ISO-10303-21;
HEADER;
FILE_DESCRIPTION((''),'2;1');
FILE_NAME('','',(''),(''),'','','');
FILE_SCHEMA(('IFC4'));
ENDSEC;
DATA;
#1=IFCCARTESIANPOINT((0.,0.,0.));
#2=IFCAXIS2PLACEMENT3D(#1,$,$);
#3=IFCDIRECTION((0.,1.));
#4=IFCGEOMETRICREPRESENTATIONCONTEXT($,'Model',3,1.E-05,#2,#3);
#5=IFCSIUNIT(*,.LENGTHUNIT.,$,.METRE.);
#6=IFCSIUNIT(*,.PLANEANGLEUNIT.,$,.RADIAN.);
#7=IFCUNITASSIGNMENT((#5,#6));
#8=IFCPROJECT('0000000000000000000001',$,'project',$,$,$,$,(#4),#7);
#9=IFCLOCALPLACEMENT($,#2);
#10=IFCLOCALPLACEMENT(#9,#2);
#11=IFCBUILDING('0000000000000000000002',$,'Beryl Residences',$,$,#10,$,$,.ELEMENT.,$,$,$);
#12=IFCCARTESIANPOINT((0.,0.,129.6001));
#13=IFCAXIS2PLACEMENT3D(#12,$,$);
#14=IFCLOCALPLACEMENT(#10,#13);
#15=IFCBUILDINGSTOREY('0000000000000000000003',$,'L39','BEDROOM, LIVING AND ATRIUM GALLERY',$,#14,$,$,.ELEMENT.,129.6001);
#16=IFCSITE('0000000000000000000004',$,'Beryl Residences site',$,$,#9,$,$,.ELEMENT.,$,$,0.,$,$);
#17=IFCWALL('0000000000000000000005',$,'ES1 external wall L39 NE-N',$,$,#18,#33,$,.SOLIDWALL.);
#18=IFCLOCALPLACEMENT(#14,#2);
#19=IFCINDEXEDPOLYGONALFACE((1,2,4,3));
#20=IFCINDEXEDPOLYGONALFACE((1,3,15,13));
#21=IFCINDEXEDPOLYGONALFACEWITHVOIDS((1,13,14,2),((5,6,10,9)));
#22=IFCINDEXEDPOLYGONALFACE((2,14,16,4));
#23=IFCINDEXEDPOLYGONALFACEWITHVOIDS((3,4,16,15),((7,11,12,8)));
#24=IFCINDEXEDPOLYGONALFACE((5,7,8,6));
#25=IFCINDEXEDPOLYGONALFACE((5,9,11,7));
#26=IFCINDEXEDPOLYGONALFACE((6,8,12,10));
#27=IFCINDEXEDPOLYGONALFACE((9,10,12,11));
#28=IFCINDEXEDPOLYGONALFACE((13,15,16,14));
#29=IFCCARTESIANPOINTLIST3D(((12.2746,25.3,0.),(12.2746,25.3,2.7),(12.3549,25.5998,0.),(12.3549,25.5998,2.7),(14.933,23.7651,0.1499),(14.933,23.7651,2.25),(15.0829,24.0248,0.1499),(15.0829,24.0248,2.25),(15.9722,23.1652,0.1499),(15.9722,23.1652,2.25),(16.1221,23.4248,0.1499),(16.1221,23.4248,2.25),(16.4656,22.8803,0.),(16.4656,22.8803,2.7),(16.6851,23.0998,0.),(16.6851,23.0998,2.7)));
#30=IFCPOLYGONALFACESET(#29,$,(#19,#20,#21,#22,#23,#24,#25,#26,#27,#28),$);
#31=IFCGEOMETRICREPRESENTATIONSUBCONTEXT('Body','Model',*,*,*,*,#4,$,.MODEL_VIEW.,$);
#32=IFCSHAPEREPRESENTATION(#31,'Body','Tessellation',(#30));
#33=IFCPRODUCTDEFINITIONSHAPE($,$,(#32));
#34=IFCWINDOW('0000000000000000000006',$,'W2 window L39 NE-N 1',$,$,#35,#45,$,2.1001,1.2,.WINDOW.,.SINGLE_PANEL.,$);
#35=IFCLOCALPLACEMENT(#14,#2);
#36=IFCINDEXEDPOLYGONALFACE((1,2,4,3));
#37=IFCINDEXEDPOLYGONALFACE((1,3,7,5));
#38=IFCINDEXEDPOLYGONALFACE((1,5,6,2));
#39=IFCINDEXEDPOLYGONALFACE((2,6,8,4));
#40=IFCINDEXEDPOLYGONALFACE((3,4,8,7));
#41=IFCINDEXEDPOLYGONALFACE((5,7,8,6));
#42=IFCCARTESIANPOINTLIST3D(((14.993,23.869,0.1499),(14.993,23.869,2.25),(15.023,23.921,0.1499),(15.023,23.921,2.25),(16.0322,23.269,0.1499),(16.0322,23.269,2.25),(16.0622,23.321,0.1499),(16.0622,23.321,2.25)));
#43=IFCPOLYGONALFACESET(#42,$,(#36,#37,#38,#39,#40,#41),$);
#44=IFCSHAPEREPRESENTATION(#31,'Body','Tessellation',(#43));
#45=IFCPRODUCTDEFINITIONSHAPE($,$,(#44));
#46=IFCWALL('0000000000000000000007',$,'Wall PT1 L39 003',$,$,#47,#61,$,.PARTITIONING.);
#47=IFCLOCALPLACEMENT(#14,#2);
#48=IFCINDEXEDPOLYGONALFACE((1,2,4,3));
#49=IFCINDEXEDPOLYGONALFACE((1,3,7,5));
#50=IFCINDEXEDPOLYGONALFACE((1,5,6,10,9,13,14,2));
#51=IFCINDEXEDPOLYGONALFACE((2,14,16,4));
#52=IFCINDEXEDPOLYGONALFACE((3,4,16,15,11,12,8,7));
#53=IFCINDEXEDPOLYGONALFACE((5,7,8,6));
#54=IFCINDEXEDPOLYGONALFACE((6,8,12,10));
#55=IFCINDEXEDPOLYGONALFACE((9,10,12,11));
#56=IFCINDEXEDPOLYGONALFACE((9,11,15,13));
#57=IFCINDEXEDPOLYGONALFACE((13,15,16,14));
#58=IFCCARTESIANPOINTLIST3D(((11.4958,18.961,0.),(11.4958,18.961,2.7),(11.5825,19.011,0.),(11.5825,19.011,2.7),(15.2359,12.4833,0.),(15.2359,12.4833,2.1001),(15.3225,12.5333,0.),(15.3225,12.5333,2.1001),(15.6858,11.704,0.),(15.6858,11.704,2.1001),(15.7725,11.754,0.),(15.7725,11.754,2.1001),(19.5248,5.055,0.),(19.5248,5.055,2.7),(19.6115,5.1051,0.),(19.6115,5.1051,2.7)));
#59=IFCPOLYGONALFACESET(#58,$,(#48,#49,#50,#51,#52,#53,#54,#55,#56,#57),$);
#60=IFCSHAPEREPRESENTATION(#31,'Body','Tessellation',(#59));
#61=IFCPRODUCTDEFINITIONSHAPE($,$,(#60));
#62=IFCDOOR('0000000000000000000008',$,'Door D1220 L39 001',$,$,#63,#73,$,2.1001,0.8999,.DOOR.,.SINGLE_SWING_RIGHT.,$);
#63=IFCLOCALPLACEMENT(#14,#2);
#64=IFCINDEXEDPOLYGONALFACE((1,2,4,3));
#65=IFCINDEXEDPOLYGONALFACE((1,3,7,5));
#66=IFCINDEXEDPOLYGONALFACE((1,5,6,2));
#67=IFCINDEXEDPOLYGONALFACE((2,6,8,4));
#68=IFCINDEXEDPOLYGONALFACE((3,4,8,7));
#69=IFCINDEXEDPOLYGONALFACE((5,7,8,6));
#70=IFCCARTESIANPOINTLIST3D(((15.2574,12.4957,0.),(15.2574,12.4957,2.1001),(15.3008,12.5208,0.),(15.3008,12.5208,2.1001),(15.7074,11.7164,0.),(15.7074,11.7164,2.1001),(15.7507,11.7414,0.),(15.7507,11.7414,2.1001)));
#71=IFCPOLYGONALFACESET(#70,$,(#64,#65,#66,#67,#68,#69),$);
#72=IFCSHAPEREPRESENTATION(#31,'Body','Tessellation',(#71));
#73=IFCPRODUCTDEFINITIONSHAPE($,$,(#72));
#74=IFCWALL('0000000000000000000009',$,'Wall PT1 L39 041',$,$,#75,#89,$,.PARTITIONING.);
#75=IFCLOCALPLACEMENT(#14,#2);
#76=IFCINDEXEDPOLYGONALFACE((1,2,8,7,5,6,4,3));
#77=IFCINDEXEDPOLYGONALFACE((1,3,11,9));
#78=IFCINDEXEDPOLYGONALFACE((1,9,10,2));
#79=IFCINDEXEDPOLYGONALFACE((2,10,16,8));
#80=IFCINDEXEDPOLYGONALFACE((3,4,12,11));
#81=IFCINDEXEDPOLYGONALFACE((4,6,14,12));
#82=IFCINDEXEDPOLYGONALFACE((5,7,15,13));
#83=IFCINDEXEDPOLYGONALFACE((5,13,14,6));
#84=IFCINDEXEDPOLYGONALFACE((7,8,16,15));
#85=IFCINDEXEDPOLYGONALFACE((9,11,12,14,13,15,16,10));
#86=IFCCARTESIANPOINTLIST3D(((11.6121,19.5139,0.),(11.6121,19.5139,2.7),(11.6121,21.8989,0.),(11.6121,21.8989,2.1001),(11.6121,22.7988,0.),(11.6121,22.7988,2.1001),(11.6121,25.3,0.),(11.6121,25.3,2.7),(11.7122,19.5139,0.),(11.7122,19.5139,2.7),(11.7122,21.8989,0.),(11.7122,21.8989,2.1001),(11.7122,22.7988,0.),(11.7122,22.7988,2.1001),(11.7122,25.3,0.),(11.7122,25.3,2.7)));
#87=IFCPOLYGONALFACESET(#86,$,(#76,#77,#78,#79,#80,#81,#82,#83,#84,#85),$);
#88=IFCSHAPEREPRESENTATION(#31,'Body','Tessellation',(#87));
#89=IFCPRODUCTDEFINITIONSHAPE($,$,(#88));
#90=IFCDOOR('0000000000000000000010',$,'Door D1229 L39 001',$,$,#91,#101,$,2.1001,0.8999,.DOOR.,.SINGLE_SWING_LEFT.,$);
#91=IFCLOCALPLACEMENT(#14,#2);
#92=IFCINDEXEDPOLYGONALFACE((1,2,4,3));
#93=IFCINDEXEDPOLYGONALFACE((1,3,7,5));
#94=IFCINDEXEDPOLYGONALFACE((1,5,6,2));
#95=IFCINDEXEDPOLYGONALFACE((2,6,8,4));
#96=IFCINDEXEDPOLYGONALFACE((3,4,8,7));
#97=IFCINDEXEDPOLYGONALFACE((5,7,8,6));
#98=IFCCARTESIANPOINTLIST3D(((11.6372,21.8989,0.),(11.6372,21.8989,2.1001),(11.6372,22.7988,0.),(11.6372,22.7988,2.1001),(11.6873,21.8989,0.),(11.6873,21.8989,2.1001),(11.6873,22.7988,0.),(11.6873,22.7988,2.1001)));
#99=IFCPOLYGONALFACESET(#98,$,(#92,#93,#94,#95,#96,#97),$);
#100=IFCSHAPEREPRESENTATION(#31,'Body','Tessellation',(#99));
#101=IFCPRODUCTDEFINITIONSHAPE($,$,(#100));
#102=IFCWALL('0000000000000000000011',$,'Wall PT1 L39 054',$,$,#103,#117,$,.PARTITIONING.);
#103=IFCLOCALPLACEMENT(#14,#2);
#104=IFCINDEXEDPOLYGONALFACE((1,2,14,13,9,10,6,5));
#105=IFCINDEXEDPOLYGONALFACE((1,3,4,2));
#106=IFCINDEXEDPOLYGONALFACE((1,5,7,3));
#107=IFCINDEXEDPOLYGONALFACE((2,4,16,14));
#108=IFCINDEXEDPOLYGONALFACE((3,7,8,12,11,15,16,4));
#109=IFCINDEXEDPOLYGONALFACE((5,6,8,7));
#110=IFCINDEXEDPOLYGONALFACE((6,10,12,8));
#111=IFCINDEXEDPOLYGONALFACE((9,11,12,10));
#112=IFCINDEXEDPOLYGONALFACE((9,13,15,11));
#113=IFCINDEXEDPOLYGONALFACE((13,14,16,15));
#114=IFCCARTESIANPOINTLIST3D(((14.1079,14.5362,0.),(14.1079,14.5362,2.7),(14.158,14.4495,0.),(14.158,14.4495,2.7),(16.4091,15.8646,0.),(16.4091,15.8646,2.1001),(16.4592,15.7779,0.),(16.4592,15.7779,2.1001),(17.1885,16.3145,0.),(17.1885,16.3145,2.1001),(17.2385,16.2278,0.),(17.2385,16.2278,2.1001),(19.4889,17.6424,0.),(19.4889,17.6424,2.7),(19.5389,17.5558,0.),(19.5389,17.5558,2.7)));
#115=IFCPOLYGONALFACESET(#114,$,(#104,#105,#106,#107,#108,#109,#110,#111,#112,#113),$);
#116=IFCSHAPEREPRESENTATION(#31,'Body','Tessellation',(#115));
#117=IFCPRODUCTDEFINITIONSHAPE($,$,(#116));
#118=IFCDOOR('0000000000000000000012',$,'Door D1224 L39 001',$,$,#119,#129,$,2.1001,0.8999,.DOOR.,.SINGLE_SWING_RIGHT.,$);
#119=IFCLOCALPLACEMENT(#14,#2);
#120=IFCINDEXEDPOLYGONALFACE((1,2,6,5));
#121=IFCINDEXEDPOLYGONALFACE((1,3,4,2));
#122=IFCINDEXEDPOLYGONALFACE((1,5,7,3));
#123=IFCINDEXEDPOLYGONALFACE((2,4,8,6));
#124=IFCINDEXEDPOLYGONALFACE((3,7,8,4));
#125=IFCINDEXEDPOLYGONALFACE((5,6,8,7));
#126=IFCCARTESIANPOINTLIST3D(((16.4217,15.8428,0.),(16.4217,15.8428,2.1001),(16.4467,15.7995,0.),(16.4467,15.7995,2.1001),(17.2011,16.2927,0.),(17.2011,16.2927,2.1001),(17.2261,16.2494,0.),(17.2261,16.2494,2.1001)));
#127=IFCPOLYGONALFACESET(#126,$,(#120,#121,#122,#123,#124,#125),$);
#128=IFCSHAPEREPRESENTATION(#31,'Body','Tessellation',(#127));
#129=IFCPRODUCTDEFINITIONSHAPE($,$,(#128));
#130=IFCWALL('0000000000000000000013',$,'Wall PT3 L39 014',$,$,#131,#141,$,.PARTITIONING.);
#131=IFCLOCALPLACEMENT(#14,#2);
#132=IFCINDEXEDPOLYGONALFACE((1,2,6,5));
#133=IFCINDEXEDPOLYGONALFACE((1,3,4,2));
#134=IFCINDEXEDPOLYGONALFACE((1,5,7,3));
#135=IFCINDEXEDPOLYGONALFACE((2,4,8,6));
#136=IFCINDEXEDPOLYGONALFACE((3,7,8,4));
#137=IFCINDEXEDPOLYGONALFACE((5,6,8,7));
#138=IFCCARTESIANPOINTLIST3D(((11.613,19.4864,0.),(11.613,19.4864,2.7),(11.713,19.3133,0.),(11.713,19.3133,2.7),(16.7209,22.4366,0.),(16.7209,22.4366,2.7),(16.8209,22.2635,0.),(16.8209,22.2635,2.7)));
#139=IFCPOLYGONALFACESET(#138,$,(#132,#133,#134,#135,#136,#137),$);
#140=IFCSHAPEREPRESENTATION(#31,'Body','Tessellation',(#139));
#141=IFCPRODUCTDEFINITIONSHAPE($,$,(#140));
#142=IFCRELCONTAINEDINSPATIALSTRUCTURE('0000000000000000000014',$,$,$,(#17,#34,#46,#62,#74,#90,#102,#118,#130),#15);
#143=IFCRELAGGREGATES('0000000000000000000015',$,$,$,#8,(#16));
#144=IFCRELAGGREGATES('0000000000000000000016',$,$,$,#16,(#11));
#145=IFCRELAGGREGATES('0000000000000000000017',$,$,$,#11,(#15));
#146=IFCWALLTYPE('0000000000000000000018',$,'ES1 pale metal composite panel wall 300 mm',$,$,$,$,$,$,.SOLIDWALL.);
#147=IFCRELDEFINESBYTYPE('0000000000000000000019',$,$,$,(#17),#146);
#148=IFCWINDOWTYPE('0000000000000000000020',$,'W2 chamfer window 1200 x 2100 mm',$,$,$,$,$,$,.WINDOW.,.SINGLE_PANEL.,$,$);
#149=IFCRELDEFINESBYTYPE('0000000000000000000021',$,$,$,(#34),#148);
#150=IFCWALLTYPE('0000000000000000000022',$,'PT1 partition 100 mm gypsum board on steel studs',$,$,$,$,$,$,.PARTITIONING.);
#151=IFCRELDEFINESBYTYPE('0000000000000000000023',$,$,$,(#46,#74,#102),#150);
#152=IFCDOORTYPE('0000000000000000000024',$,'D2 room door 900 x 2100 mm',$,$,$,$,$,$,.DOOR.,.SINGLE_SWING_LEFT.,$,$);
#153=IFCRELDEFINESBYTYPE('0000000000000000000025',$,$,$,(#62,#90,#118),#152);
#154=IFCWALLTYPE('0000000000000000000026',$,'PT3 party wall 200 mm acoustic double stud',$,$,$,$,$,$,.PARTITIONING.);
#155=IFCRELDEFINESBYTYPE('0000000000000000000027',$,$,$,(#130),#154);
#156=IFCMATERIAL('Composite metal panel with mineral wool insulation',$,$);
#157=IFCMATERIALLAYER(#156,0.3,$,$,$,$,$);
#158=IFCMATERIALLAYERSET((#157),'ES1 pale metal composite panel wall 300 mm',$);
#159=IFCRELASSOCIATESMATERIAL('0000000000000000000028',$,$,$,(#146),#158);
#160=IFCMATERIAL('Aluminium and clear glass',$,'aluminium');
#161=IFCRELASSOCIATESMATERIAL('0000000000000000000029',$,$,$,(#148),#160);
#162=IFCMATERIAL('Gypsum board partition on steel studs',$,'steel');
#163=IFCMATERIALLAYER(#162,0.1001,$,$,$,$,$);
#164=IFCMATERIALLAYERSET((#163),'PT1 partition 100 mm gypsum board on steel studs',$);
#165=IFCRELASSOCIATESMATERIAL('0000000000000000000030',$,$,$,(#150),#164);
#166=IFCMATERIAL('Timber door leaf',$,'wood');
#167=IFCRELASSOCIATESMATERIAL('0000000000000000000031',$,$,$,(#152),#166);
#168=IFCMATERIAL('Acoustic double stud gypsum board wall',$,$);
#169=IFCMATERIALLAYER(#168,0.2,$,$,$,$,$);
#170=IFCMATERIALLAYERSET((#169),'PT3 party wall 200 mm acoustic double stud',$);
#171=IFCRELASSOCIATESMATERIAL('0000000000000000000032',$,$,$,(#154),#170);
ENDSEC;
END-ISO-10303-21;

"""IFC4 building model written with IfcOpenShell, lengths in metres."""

from ifc_helpers import new_model, si_unit, direction, frame, frame_2d, origin, place, context, subcontext, project, spatial, polyline, rectangle, outline, extrude, material, layer, layer_set, type_object, element, fill, save


model = new_model("IFC4")

# Units and contexts
model_context = context("Model", 3, precision=1e-05, world=origin(), true_north=direction((0.0, 1.0)))
body_context = subcontext(model_context, "Body", "Model", "MODEL_VIEW")
ifc_project = project(units=[si_unit("LENGTHUNIT", "METRE"), si_unit("PLANEANGLEUNIT", "RADIAN")], contexts=[model_context])

# Site, building, storey
site_placement = place(None, origin())
site = spatial("IfcSite", under=ifc_project, at=site_placement, Name="Beryl Residences site", CompositionType="ELEMENT", RefElevation=0.0)
building_placement = place(site_placement, origin())
building = spatial("IfcBuilding", under=site, at=building_placement, Name="Beryl Residences", CompositionType="ELEMENT")
storey_placement = place(building_placement, frame((0.0, 0.0, 129.6001)))
storey = spatial("IfcBuildingStorey", under=building, at=storey_placement, Name="L39", Description="BEDROOM, LIVING AND ATRIUM GALLERY", CompositionType="ELEMENT", Elevation=129.6001)

# Shared definitions
ifc_material_1 = material(Name="Composite metal panel with mineral wool insulation")
ifc_layer_1 = layer(ifc_material_1, 0.3)
ifc_layer_set_1 = layer_set([ifc_layer_1], Name="ES1 pale metal composite panel wall 300 mm")
wall_type_1 = type_object("IfcWallType", Name="ES1 pale metal composite panel wall 300 mm", PredefinedType="SOLIDWALL", material=ifc_layer_set_1)

# Wall, opening, window
wall_1_placement = place(storey_placement, frame((16.6101, 22.97, 0.0), z_axis=(0.0, 0.0, 1.0), x_axis=(-0.866023, 0.500004, 0.0)))
wall_1 = element("IfcWall", 1, at=wall_1_placement, inside=storey, type_object=wall_type_1, Name="ES1 external wall L39 NE-N", PredefinedType="SOLIDWALL", context=body_context, shape_type="SweptSolid", body=[
    extrude(outline(polyline([(0.0, -0.1499), (5.0, -0.1499), (4.9197, 0.1499), (0.0803, 0.1499), (0.0, -0.1499)])), origin(), (0.0, 0.0, 1.0), 2.7),
])
opening_1_placement = place(wall_1_placement, frame((0.6499, 0.0, 0.1499)))
opening_1 = element("IfcOpeningElement", 2, at=opening_1_placement, cuts=wall_1, PredefinedType="OPENING", context=body_context, shape_type="SweptSolid", body=[
    extrude(rectangle(XDim=1.2, YDim=2.1001, at=frame_2d((0.6001, 1.05))), frame((0.0, 0.1599, 0.0), z_axis=(0.0, -1.0, 0.0), x_axis=(1.0, 0.0, 0.0)), (0.0, 0.0, 1.0), 0.3201),
])
ifc_material_2 = material(Name="Aluminium and clear glass", Category="aluminium")
window_type_1 = type_object("IfcWindowType", Name="W2 chamfer window 1200 x 2100 mm", PartitioningType="SINGLE_PANEL", PredefinedType="WINDOW", material=ifc_material_2)
window_1_placement = place(opening_1_placement, origin())
window_1 = element("IfcWindow", 3, at=window_1_placement, inside=storey, type_object=window_type_1, Name="W2 window L39 NE-N 1", OverallHeight=2.1001, OverallWidth=1.2, PartitioningType="SINGLE_PANEL", PredefinedType="WINDOW", context=body_context, shape_type="SweptSolid", body=[
    extrude(rectangle(XDim=1.2, YDim=2.1001, at=frame_2d((0.6001, 1.05))), frame((0.0, 0.03, 0.0), z_axis=(0.0, -1.0, 0.0), x_axis=(1.0, 0.0, 0.0)), (0.0, 0.0, 1.0), 0.0601),
])
fill(opening_1, window_1)

# Walls, openings, doors
ifc_material_3 = material(Name="Gypsum board partition on steel studs", Category="steel")
ifc_layer_2 = layer(ifc_material_3, 0.1001)
ifc_layer_set_2 = layer_set([ifc_layer_2], Name="PT1 partition 100 mm gypsum board on steel studs")
wall_type_2 = type_object("IfcWallType", Name="PT1 partition 100 mm gypsum board on steel studs", PredefinedType="PARTITIONING", material=ifc_layer_set_2)
wall_2_placement = place(storey_placement, frame((11.5391, 18.9861, 0.0), z_axis=(0.0, 0.0, 1.0), x_axis=(0.500019, -0.866014, 0.0)))
wall_2 = element("IfcWall", 4, at=wall_2_placement, inside=storey, type_object=wall_type_2, Name="Wall PT1 L39 003", PredefinedType="PARTITIONING", context=body_context, shape_type="SweptSolid", body=[
    extrude(rectangle(XDim=16.0574, YDim=0.1001, at=frame_2d((8.0288, 0.0))), origin(), (0.0, 0.0, 1.0), 2.7),
])
opening_2_placement = place(wall_2_placement, frame((7.48, 0.0, 0.0)))
opening_2 = element("IfcOpeningElement", 5, at=opening_2_placement, cuts=wall_2, PredefinedType="OPENING", context=body_context, shape_type="SweptSolid", body=[
    extrude(rectangle(XDim=0.8999, YDim=2.1001, at=frame_2d((0.45, 1.05))), frame((0.0, 0.0601, 0.0), z_axis=(0.0, -1.0, 0.0), x_axis=(1.0, 0.0, 0.0)), (0.0, 0.0, 1.0), 0.1201),
])
ifc_material_4 = material(Name="Timber door leaf", Category="wood")
door_type = type_object("IfcDoorType", Name="D2 room door 900 x 2100 mm", OperationType="SINGLE_SWING_LEFT", PredefinedType="DOOR", material=ifc_material_4)
door_1_placement = place(opening_2_placement, origin())
door_1 = element("IfcDoor", 6, at=door_1_placement, inside=storey, type_object=door_type, Name="Door D1220 L39 001", OperationType="SINGLE_SWING_RIGHT", OverallHeight=2.1001, OverallWidth=0.8999, PredefinedType="DOOR", context=body_context, shape_type="SweptSolid", body=[
    extrude(rectangle(XDim=0.8999, YDim=2.1001, at=frame_2d((0.45, 1.05))), frame((0.0, 0.0249, 0.0), z_axis=(0.0, -1.0, 0.0), x_axis=(1.0, 0.0, 0.0)), (0.0, 0.0, 1.0), 0.05),
])
fill(opening_2, door_1)
wall_3_placement = place(storey_placement, frame((11.6621, 19.5139, 0.0), z_axis=(0.0, 0.0, 1.0), x_axis=(0.0, 1.0, 0.0)))
wall_3 = element("IfcWall", 7, at=wall_3_placement, inside=storey, type_object=wall_type_2, Name="Wall PT1 L39 041", PredefinedType="PARTITIONING", context=body_context, shape_type="SweptSolid", body=[
    extrude(rectangle(XDim=5.7861, YDim=0.1001, at=frame_2d((2.8931, 0.0))), origin(), (0.0, 0.0, 1.0), 2.7),
])
opening_3_placement = place(wall_3_placement, frame((2.385, 0.0, 0.0)))
opening_3 = element("IfcOpeningElement", 8, at=opening_3_placement, cuts=wall_3, PredefinedType="OPENING", context=body_context, shape_type="SweptSolid", body=[
    extrude(rectangle(XDim=0.8999, YDim=2.1001, at=frame_2d((0.45, 1.05))), frame((0.0, 0.0601, 0.0), z_axis=(0.0, -1.0, 0.0), x_axis=(1.0, 0.0, 0.0)), (0.0, 0.0, 1.0), 0.1201),
])
door_2_placement = place(opening_3_placement, origin())
door_2 = element("IfcDoor", 9, at=door_2_placement, inside=storey, type_object=door_type, Name="Door D1229 L39 001", OperationType="SINGLE_SWING_LEFT", OverallHeight=2.1001, OverallWidth=0.8999, PredefinedType="DOOR", context=body_context, shape_type="SweptSolid", body=[
    extrude(rectangle(XDim=0.8999, YDim=2.1001, at=frame_2d((0.45, 1.05))), frame((0.0, 0.0249, 0.0), z_axis=(0.0, -1.0, 0.0), x_axis=(1.0, 0.0, 0.0)), (0.0, 0.0, 1.0), 0.05),
])
fill(opening_3, door_2)
wall_4_placement = place(storey_placement, frame((14.1331, 14.4929, 0.0), z_axis=(0.0, 0.0, 1.0), x_axis=(0.866056, 0.499947, 0.0)))
wall_4 = element("IfcWall", 10, at=wall_4_placement, inside=storey, type_object=wall_type_2, Name="Wall PT1 L39 054", PredefinedType="PARTITIONING", context=body_context, shape_type="SweptSolid", body=[
    extrude(rectangle(XDim=6.2131, YDim=0.1001, at=frame_2d((3.1064, 0.0))), origin(), (0.0, 0.0, 1.0), 2.7),
])
opening_4_placement = place(wall_4_placement, frame((2.657, 0.0, 0.0)))
opening_4 = element("IfcOpeningElement", 11, at=opening_4_placement, cuts=wall_4, PredefinedType="OPENING", context=body_context, shape_type="SweptSolid", body=[
    extrude(rectangle(XDim=0.8999, YDim=2.1001, at=frame_2d((0.45, 1.05))), frame((0.0, 0.0601, 0.0), z_axis=(0.0, -1.0, 0.0), x_axis=(1.0, 0.0, 0.0)), (0.0, 0.0, 1.0), 0.1201),
])
door_3_placement = place(opening_4_placement, origin())
door_3 = element("IfcDoor", 12, at=door_3_placement, inside=storey, type_object=door_type, Name="Door D1224 L39 001", OperationType="SINGLE_SWING_RIGHT", OverallHeight=2.1001, OverallWidth=0.8999, PredefinedType="DOOR", context=body_context, shape_type="SweptSolid", body=[
    extrude(rectangle(XDim=0.8999, YDim=2.1001, at=frame_2d((0.45, 1.05))), frame((0.0, 0.0249, 0.0), z_axis=(0.0, -1.0, 0.0), x_axis=(1.0, 0.0, 0.0)), (0.0, 0.0, 1.0), 0.05),
])
fill(opening_4, door_3)

# Wall
ifc_material_5 = material(Name="Acoustic double stud gypsum board wall")
ifc_layer_3 = layer(ifc_material_5, 0.2)
ifc_layer_set_3 = layer_set([ifc_layer_3], Name="PT3 party wall 200 mm acoustic double stud")
wall_type_3 = type_object("IfcWallType", Name="PT3 party wall 200 mm acoustic double stud", PredefinedType="PARTITIONING", material=ifc_layer_set_3)
wall_5_placement = place(storey_placement, frame((11.6631, 19.3999, 0.0), z_axis=(0.0, 0.0, 1.0), x_axis=(0.865942, 0.500145, 0.0)))
element("IfcWall", 13, at=wall_5_placement, inside=storey, type_object=wall_type_3, Name="Wall PT3 L39 014", PredefinedType="PARTITIONING", context=body_context, shape_type="SweptSolid", body=[
    extrude(rectangle(XDim=5.8987, YDim=0.2, at=frame_2d((2.9492, 0.0))), origin(), (0.0, 0.0, 1.0), 2.7),
])

save(model, "model.ifc")
